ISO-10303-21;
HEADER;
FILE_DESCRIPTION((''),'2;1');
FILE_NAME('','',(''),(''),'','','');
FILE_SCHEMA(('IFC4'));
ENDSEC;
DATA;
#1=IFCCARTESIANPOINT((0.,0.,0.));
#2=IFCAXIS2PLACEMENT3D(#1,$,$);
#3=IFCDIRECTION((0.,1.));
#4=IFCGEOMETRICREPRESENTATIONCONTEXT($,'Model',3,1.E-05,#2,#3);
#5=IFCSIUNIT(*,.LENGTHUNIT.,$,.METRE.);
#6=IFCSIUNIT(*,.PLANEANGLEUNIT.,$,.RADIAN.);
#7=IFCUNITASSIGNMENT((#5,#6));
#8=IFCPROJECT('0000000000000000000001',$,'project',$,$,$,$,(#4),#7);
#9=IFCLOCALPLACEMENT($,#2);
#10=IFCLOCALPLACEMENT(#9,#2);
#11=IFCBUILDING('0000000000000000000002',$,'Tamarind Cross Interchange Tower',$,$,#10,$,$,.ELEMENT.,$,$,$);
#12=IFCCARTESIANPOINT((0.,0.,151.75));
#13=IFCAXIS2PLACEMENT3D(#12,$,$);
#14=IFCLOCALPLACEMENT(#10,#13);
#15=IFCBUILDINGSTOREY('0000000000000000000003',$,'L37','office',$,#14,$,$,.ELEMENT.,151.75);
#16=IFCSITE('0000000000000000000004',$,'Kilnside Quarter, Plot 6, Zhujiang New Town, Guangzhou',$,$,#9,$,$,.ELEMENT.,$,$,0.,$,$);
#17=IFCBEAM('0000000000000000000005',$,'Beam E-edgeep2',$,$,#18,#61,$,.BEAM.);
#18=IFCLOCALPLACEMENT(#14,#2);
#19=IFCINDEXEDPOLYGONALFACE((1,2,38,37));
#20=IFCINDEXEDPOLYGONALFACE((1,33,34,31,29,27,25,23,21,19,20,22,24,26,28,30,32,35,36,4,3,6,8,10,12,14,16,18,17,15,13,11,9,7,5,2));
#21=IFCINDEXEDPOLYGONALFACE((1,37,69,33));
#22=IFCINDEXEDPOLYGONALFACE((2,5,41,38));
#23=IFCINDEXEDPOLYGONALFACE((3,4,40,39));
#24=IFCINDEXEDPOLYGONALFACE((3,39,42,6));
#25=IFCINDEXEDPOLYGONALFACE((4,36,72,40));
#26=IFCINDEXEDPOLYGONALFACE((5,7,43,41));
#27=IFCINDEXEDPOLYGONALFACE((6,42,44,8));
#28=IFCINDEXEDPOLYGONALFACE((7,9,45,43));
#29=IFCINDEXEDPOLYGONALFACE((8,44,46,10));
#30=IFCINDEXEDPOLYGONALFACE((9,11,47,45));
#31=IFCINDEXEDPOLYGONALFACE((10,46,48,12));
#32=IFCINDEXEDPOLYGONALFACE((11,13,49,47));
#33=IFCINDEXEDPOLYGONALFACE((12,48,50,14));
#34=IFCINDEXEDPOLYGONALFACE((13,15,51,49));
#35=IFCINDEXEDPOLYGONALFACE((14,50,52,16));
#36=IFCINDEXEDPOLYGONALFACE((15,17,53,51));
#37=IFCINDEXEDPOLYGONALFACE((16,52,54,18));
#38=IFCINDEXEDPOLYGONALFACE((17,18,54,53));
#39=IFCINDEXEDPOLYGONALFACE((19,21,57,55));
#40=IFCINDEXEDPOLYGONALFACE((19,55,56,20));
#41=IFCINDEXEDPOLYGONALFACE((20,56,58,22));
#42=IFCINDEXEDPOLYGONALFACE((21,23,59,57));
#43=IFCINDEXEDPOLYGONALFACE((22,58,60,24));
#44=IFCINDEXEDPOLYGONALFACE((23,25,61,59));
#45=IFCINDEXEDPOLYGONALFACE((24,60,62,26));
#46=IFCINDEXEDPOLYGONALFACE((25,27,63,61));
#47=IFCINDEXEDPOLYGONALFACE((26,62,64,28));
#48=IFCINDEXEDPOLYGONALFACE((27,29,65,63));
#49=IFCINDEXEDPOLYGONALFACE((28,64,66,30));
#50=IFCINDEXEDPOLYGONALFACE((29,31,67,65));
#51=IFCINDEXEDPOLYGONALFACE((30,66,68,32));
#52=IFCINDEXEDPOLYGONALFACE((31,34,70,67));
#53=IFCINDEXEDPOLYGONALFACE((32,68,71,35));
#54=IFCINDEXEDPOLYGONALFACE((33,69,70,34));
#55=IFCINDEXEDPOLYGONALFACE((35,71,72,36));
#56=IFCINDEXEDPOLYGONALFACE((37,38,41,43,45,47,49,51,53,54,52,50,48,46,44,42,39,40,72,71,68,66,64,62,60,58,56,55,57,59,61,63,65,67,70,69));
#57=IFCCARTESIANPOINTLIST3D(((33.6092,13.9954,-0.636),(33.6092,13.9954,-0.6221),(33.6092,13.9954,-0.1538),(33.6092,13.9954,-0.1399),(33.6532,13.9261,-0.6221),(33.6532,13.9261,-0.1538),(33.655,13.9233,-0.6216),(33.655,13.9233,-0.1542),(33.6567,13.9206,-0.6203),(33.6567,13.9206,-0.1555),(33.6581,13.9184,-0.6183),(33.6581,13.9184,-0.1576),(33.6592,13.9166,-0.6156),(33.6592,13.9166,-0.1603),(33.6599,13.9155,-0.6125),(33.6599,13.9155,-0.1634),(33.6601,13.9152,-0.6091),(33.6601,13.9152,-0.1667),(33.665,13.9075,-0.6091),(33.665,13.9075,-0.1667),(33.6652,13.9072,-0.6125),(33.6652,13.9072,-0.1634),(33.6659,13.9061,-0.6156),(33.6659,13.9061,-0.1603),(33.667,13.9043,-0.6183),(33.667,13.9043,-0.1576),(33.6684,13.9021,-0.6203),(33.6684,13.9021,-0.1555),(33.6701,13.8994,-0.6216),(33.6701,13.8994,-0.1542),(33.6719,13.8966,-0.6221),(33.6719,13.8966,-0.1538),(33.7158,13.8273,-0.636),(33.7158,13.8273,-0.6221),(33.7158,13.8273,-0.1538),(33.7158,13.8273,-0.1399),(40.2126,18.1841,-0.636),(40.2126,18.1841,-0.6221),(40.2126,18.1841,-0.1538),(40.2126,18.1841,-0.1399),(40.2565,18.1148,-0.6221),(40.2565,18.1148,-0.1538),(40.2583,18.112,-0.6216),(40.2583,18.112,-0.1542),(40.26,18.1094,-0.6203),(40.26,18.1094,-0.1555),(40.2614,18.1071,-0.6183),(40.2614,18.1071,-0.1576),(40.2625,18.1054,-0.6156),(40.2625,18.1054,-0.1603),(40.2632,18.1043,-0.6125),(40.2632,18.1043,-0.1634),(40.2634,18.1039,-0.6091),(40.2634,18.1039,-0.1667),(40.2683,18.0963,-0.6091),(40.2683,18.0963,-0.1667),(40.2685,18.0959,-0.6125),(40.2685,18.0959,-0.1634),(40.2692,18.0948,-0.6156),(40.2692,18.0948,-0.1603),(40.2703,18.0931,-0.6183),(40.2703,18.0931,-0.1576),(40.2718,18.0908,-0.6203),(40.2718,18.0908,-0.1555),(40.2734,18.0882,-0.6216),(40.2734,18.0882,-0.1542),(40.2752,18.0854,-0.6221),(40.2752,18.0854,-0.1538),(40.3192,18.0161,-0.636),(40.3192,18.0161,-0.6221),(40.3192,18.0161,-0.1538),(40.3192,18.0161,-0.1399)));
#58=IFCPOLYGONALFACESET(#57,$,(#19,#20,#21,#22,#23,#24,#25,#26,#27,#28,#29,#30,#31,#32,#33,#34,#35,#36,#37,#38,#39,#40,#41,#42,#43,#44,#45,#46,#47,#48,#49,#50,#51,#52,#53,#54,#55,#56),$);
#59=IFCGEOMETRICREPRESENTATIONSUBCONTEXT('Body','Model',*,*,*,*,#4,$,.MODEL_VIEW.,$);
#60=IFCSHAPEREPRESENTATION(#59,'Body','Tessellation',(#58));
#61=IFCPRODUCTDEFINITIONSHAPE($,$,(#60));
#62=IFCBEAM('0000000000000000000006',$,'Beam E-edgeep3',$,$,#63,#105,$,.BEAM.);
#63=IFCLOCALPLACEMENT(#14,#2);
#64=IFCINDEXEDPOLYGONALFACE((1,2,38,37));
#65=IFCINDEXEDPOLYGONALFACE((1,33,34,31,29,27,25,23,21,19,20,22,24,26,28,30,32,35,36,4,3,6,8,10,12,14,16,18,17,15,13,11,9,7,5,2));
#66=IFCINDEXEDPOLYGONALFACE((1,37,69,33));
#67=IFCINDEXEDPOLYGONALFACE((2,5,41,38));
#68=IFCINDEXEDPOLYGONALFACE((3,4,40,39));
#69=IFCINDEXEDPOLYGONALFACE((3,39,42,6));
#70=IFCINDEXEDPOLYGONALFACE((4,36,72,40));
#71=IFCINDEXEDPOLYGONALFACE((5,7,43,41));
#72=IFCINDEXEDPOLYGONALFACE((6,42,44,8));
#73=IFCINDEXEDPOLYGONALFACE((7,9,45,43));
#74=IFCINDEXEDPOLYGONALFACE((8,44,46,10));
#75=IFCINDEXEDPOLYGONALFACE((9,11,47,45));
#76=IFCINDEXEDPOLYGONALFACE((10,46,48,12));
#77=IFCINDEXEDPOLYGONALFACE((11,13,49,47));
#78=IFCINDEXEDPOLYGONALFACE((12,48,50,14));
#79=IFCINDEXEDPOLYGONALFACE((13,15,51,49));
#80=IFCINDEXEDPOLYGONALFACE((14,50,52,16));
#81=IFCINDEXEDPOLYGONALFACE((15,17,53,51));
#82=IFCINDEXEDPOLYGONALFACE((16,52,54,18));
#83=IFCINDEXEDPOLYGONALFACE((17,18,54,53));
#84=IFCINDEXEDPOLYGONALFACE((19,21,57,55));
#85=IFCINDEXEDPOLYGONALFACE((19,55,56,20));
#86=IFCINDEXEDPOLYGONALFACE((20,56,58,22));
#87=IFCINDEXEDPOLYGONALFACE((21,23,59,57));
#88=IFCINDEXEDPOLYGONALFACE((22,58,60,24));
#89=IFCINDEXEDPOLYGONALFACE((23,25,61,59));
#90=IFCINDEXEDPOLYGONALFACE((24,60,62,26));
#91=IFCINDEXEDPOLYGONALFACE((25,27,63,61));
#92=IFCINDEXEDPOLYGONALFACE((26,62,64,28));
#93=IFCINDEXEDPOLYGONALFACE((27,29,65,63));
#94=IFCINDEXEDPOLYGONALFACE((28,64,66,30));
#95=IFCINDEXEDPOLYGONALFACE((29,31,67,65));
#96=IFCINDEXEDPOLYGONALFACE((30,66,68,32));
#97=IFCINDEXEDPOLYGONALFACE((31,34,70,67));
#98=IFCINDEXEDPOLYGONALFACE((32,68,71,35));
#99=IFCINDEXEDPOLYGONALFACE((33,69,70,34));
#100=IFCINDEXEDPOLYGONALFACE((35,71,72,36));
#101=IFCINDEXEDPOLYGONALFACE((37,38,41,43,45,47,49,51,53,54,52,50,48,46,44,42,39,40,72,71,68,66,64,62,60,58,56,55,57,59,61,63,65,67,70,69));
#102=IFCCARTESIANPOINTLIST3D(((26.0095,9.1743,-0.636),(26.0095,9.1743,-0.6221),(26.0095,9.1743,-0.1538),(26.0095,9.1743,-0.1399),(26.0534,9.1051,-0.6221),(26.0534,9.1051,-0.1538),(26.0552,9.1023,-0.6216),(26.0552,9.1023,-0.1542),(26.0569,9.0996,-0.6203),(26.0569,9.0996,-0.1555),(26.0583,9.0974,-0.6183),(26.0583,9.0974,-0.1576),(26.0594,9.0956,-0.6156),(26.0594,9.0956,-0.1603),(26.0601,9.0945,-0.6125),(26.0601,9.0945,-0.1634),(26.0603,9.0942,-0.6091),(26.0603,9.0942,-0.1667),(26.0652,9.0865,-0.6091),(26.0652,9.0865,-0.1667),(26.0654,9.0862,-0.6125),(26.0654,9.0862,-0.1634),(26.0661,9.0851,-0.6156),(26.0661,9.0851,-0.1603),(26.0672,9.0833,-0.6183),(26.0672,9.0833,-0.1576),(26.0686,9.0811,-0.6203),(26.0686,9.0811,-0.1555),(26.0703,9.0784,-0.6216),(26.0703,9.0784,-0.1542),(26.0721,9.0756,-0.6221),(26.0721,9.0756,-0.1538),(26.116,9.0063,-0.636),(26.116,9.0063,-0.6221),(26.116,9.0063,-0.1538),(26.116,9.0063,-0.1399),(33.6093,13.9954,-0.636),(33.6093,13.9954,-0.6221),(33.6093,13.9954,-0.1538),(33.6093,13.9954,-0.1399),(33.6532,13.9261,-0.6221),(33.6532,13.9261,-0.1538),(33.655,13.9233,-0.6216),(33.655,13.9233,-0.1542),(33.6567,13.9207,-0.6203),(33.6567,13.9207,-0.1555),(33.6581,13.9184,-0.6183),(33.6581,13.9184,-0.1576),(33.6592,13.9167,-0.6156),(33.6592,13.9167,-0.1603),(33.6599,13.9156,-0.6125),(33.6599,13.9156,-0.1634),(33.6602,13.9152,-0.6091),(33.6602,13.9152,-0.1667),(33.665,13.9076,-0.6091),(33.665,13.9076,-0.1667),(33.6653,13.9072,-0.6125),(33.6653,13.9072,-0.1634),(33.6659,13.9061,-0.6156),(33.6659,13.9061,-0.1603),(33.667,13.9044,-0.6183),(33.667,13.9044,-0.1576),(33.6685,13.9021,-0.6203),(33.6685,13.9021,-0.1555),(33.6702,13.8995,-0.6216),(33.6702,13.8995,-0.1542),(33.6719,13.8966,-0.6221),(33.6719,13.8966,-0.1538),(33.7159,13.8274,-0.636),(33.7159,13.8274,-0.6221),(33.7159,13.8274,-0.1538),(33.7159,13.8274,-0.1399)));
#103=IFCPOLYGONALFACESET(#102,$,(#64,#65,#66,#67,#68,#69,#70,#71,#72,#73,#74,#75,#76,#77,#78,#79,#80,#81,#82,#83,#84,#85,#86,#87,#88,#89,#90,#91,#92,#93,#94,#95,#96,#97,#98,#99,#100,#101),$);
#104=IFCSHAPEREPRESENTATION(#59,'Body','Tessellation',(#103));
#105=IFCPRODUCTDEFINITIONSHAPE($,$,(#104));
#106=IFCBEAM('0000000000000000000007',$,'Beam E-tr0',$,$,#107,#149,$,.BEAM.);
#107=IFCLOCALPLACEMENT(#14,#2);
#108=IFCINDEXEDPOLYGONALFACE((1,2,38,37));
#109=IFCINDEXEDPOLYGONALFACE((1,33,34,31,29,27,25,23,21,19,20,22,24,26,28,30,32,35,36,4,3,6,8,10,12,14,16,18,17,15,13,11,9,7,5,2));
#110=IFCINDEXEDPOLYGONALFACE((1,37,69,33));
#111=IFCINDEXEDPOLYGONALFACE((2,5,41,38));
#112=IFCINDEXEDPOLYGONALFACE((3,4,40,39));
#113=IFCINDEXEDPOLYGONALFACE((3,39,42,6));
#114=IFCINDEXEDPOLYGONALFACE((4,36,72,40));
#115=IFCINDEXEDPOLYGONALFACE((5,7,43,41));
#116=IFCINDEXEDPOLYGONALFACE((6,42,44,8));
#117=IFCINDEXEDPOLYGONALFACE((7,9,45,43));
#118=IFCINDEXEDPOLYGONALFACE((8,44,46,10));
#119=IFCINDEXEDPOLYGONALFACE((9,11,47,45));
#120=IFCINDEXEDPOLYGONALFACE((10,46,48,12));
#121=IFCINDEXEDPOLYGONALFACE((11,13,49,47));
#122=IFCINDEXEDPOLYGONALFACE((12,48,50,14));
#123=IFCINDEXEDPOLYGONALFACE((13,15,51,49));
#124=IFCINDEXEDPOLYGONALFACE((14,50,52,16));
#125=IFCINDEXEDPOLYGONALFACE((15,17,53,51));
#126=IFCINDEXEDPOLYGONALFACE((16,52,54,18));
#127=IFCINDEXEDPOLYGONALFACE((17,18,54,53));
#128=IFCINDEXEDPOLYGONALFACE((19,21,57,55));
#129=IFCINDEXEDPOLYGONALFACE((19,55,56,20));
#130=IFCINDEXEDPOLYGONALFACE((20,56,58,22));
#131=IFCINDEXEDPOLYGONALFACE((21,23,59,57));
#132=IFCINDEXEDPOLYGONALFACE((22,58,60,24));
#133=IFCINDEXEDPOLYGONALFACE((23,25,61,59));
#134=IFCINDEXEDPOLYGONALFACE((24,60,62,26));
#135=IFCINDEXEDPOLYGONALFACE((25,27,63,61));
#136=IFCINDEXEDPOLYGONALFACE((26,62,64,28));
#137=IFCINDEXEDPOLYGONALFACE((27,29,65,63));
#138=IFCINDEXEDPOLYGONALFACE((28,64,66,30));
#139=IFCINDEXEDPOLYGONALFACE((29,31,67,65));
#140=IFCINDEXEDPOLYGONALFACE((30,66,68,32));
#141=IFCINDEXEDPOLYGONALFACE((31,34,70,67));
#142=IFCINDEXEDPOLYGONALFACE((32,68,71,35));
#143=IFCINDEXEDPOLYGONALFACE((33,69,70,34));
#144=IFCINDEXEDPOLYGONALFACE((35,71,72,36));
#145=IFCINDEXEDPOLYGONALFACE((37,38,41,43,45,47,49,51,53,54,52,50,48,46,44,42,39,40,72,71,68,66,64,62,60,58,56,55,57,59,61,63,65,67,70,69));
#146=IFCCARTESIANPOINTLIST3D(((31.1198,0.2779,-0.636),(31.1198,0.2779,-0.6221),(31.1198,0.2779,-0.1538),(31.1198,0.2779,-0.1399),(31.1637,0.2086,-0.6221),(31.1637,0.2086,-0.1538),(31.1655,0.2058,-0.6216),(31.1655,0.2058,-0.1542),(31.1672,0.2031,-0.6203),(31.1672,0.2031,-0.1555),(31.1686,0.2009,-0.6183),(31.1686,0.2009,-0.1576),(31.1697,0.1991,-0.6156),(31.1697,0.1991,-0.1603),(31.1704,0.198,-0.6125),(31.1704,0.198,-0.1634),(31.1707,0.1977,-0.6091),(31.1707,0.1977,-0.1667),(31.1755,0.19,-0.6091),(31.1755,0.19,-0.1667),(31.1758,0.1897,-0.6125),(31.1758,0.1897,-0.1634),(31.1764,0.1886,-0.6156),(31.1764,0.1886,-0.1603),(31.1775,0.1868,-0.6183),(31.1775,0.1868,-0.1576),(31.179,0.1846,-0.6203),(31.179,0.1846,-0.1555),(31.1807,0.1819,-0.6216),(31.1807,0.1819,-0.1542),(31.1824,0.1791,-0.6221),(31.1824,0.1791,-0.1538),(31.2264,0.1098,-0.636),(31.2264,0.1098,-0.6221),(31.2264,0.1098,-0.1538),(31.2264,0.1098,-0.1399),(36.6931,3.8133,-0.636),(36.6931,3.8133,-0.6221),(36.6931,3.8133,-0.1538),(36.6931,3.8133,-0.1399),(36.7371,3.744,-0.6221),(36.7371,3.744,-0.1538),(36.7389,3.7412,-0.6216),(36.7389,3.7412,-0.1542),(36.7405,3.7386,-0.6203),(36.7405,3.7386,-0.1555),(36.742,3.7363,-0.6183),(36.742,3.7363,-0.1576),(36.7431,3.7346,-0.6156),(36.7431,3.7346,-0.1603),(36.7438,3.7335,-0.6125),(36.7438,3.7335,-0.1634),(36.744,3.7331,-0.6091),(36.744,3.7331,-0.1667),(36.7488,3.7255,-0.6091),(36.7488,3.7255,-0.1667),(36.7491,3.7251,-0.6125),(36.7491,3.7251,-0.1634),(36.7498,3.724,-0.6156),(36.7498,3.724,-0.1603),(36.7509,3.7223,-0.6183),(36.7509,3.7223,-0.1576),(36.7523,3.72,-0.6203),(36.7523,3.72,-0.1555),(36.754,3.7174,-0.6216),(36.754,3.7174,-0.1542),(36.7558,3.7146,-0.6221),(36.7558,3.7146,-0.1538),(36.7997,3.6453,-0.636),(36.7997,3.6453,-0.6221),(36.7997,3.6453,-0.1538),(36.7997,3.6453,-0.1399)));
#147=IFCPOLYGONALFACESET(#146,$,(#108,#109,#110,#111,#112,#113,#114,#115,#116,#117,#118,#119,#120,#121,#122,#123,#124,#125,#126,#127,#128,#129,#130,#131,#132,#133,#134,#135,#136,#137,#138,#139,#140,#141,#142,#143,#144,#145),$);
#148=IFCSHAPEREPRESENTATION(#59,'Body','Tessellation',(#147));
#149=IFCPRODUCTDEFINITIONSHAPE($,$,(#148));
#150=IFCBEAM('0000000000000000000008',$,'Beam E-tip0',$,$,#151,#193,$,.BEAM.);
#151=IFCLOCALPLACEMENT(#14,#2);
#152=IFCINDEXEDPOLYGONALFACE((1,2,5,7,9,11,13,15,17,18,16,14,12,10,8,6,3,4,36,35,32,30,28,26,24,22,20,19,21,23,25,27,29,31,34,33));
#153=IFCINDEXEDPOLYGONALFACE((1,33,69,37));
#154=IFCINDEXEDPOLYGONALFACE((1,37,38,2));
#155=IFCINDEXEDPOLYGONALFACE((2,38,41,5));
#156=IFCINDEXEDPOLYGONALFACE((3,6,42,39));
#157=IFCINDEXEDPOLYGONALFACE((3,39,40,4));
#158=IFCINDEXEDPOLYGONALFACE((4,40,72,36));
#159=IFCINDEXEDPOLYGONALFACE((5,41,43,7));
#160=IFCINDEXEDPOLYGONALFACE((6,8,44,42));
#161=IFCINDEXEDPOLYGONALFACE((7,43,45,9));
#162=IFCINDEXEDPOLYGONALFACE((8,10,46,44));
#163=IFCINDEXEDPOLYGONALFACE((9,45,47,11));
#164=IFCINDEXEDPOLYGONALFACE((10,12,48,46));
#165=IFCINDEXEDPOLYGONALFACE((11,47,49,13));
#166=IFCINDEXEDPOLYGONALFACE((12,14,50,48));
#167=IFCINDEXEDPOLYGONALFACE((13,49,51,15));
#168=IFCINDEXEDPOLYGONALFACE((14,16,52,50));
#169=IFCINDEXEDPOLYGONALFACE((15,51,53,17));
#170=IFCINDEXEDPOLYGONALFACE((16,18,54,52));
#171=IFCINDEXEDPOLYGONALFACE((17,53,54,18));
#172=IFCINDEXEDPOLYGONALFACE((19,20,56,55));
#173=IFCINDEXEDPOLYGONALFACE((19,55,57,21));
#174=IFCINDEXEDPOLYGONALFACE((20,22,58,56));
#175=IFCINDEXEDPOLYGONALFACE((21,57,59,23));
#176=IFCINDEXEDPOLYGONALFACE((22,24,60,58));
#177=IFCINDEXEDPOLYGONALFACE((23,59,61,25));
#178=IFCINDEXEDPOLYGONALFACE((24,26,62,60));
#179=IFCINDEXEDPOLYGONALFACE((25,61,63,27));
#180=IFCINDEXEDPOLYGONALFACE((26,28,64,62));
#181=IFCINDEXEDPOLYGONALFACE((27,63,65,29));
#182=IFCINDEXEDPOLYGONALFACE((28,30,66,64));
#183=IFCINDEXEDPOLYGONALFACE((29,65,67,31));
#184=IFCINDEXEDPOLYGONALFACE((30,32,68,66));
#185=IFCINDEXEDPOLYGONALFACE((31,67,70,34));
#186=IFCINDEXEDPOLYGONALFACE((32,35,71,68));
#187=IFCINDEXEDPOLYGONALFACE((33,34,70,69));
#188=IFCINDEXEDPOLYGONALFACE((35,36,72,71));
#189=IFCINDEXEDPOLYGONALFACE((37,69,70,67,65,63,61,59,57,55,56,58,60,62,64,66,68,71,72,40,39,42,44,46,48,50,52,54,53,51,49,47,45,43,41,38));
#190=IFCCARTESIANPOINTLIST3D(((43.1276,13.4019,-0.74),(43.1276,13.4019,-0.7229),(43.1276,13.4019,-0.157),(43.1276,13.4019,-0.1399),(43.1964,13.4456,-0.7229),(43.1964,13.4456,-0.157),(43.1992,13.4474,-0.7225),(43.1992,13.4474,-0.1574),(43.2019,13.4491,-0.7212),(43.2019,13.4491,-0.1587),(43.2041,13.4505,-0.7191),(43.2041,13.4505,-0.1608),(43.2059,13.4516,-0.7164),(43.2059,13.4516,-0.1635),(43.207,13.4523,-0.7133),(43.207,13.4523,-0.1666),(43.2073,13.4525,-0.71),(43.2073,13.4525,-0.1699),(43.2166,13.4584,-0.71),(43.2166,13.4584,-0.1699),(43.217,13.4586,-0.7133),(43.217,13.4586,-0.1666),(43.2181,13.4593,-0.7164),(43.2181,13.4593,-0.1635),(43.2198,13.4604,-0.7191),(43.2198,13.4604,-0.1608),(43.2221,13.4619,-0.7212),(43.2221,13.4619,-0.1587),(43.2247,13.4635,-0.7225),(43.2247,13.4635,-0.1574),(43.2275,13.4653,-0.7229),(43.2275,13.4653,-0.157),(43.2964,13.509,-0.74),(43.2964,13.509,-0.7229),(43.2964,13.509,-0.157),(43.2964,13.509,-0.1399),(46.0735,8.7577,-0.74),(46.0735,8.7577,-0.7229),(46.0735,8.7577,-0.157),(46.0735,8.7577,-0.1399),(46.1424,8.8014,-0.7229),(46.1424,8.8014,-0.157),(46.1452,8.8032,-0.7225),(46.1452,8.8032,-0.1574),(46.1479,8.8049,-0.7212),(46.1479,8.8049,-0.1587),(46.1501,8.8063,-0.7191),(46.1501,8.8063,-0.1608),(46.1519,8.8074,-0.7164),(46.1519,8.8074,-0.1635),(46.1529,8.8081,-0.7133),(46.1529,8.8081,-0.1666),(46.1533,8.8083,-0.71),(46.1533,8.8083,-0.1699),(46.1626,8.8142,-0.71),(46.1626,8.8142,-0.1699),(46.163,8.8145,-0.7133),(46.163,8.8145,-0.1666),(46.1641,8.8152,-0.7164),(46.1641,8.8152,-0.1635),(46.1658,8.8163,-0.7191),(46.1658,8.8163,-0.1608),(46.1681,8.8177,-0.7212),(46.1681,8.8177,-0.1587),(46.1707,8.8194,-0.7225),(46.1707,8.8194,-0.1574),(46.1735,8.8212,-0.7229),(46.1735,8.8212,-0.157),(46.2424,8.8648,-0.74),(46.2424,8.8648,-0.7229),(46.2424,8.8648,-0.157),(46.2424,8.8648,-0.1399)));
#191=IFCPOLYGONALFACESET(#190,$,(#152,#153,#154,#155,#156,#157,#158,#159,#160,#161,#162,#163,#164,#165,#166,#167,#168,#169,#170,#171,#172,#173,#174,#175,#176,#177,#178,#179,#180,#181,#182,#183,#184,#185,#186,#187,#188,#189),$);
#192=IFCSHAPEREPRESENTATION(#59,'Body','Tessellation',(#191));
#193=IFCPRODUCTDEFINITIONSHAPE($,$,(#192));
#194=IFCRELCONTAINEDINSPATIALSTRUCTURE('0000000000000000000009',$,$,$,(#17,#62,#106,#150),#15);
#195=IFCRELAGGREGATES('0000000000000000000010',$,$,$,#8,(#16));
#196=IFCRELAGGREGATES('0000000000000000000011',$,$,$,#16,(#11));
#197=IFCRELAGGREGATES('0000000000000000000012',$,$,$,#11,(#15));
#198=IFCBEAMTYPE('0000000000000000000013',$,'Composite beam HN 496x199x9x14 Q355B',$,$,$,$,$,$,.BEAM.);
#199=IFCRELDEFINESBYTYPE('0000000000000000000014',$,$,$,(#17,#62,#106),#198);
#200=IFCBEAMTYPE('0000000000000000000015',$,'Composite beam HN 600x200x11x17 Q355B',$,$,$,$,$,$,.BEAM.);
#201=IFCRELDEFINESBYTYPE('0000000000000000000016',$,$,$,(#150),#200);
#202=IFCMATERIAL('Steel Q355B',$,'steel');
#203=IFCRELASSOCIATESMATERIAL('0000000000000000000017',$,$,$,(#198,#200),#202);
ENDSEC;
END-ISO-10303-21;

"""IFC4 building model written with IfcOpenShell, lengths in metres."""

from ifc_helpers import new_model, si_unit, direction, frame, origin, origin_2d, place, context, subcontext, project, spatial, i_section, extrude, material, material_profile, profile_set, type_object, element, save


model = new_model("IFC4")

# Units and contexts
model_context = context("Model", 3, precision=1e-05, world=origin(), true_north=direction((0.0, 1.0)))
body_context = subcontext(model_context, "Body", "Model", "MODEL_VIEW")
ifc_project = project(units=[si_unit("LENGTHUNIT", "METRE"), si_unit("PLANEANGLEUNIT", "RADIAN")], contexts=[model_context])

# Site, building, storey
site_placement = place(None, origin())
site = spatial("IfcSite", under=ifc_project, at=site_placement, Name="Kilnside Quarter, Plot 6, Zhujiang New Town, Guangzhou", CompositionType="ELEMENT", RefElevation=0.0)
building_placement = place(site_placement, origin())
building = spatial("IfcBuilding", under=site, at=building_placement, Name="Tamarind Cross Interchange Tower", CompositionType="ELEMENT")
storey_placement = place(building_placement, frame((0.0, 0.0, 151.75)))
storey = spatial("IfcBuildingStorey", under=building, at=storey_placement, Name="L37", Description="office", CompositionType="ELEMENT", Elevation=151.75)

# Beams
ifc_material_1 = material(Name="Steel Q355B", Category="steel")
ifc_material_profile_1 = material_profile(ifc_material_1, i_section(OverallWidth=0.199, OverallDepth=0.4961, WebThickness=0.009, FlangeThickness=0.0139, FilletRadius=0.0129, at=origin_2d()), Name="HN 496x199x9x14")
ifc_profile_set_1 = profile_set([ifc_material_profile_1], Name="Steel Q355B")
beam_type_1 = type_object("IfcBeamType", Name="Composite beam HN 496x199x9x14 Q355B", PredefinedType="BEAM", material=ifc_profile_set_1)
beam_1_placement = place(storey_placement, frame((40.2659, 18.1001, -0.3879), z_axis=(-0.844435, -0.535659, 0.0), x_axis=(0.535659, -0.844435, 0.0)))
element("IfcBeam", 1, at=beam_1_placement, inside=storey, type_object=beam_type_1, Name="Beam E-edgeep2", PredefinedType="BEAM", context=body_context, shape_type="SweptSolid", body=[
    extrude(i_section(OverallWidth=0.199, OverallDepth=0.4961, WebThickness=0.009, FlangeThickness=0.0139, FilletRadius=0.0129, at=origin_2d()), origin(), (0.0, 0.0, 1.0), 7.8198),
])
beam_2_placement = place(storey_placement, frame((33.6626, 13.9114, -0.3879), z_axis=(-0.844427, -0.535671, 0.0), x_axis=(0.535671, -0.844427, 0.0)))
element("IfcBeam", 2, at=beam_2_placement, inside=storey, type_object=beam_type_1, Name="Beam E-edgeep3", PredefinedType="BEAM", context=body_context, shape_type="SweptSolid", body=[
    extrude(i_section(OverallWidth=0.199, OverallDepth=0.4961, WebThickness=0.009, FlangeThickness=0.0139, FilletRadius=0.0129, at=origin_2d()), origin(), (0.0, 0.0, 1.0), 9.0),
])
beam_3_placement = place(storey_placement, frame((31.1731, 0.1938, -0.3879), z_axis=(0.84443, 0.535666, 0.0), x_axis=(-0.535666, 0.84443, 0.0)))
element("IfcBeam", 3, at=beam_3_placement, inside=storey, type_object=beam_type_1, Name="Beam E-tr0", PredefinedType="BEAM", context=body_context, shape_type="SweptSolid", body=[
    extrude(i_section(OverallWidth=0.199, OverallDepth=0.4961, WebThickness=0.009, FlangeThickness=0.0139, FilletRadius=0.0129, at=origin_2d()), origin(), (0.0, 0.0, 1.0), 6.6001),
])
ifc_material_profile_2 = material_profile(ifc_material_1, i_section(OverallWidth=0.2, OverallDepth=0.6001, WebThickness=0.011, FlangeThickness=0.0171, FilletRadius=0.0129, at=origin_2d()), Name="HN 600x200x11x17")
ifc_profile_set_2 = profile_set([ifc_material_profile_2], Name="Steel Q355B")
beam_type_2 = type_object("IfcBeamType", Name="Composite beam HN 600x200x11x17 Q355B", PredefinedType="BEAM", material=ifc_profile_set_2)
beam_4_placement = place(storey_placement, frame((46.158, 8.8113, -0.4399), z_axis=(-0.535657, 0.844436, 0.0), x_axis=(-0.844436, -0.535657, 0.0)))
element("IfcBeam", 4, at=beam_4_placement, inside=storey, type_object=beam_type_2, Name="Beam E-tip0", PredefinedType="BEAM", context=body_context, shape_type="SweptSolid", body=[
    extrude(i_section(OverallWidth=0.2, OverallDepth=0.6001, WebThickness=0.011, FlangeThickness=0.0171, FilletRadius=0.0129, at=origin_2d()), origin(), (0.0, 0.0, 1.0), 5.4998),
])

save(model, "model.ifc")
